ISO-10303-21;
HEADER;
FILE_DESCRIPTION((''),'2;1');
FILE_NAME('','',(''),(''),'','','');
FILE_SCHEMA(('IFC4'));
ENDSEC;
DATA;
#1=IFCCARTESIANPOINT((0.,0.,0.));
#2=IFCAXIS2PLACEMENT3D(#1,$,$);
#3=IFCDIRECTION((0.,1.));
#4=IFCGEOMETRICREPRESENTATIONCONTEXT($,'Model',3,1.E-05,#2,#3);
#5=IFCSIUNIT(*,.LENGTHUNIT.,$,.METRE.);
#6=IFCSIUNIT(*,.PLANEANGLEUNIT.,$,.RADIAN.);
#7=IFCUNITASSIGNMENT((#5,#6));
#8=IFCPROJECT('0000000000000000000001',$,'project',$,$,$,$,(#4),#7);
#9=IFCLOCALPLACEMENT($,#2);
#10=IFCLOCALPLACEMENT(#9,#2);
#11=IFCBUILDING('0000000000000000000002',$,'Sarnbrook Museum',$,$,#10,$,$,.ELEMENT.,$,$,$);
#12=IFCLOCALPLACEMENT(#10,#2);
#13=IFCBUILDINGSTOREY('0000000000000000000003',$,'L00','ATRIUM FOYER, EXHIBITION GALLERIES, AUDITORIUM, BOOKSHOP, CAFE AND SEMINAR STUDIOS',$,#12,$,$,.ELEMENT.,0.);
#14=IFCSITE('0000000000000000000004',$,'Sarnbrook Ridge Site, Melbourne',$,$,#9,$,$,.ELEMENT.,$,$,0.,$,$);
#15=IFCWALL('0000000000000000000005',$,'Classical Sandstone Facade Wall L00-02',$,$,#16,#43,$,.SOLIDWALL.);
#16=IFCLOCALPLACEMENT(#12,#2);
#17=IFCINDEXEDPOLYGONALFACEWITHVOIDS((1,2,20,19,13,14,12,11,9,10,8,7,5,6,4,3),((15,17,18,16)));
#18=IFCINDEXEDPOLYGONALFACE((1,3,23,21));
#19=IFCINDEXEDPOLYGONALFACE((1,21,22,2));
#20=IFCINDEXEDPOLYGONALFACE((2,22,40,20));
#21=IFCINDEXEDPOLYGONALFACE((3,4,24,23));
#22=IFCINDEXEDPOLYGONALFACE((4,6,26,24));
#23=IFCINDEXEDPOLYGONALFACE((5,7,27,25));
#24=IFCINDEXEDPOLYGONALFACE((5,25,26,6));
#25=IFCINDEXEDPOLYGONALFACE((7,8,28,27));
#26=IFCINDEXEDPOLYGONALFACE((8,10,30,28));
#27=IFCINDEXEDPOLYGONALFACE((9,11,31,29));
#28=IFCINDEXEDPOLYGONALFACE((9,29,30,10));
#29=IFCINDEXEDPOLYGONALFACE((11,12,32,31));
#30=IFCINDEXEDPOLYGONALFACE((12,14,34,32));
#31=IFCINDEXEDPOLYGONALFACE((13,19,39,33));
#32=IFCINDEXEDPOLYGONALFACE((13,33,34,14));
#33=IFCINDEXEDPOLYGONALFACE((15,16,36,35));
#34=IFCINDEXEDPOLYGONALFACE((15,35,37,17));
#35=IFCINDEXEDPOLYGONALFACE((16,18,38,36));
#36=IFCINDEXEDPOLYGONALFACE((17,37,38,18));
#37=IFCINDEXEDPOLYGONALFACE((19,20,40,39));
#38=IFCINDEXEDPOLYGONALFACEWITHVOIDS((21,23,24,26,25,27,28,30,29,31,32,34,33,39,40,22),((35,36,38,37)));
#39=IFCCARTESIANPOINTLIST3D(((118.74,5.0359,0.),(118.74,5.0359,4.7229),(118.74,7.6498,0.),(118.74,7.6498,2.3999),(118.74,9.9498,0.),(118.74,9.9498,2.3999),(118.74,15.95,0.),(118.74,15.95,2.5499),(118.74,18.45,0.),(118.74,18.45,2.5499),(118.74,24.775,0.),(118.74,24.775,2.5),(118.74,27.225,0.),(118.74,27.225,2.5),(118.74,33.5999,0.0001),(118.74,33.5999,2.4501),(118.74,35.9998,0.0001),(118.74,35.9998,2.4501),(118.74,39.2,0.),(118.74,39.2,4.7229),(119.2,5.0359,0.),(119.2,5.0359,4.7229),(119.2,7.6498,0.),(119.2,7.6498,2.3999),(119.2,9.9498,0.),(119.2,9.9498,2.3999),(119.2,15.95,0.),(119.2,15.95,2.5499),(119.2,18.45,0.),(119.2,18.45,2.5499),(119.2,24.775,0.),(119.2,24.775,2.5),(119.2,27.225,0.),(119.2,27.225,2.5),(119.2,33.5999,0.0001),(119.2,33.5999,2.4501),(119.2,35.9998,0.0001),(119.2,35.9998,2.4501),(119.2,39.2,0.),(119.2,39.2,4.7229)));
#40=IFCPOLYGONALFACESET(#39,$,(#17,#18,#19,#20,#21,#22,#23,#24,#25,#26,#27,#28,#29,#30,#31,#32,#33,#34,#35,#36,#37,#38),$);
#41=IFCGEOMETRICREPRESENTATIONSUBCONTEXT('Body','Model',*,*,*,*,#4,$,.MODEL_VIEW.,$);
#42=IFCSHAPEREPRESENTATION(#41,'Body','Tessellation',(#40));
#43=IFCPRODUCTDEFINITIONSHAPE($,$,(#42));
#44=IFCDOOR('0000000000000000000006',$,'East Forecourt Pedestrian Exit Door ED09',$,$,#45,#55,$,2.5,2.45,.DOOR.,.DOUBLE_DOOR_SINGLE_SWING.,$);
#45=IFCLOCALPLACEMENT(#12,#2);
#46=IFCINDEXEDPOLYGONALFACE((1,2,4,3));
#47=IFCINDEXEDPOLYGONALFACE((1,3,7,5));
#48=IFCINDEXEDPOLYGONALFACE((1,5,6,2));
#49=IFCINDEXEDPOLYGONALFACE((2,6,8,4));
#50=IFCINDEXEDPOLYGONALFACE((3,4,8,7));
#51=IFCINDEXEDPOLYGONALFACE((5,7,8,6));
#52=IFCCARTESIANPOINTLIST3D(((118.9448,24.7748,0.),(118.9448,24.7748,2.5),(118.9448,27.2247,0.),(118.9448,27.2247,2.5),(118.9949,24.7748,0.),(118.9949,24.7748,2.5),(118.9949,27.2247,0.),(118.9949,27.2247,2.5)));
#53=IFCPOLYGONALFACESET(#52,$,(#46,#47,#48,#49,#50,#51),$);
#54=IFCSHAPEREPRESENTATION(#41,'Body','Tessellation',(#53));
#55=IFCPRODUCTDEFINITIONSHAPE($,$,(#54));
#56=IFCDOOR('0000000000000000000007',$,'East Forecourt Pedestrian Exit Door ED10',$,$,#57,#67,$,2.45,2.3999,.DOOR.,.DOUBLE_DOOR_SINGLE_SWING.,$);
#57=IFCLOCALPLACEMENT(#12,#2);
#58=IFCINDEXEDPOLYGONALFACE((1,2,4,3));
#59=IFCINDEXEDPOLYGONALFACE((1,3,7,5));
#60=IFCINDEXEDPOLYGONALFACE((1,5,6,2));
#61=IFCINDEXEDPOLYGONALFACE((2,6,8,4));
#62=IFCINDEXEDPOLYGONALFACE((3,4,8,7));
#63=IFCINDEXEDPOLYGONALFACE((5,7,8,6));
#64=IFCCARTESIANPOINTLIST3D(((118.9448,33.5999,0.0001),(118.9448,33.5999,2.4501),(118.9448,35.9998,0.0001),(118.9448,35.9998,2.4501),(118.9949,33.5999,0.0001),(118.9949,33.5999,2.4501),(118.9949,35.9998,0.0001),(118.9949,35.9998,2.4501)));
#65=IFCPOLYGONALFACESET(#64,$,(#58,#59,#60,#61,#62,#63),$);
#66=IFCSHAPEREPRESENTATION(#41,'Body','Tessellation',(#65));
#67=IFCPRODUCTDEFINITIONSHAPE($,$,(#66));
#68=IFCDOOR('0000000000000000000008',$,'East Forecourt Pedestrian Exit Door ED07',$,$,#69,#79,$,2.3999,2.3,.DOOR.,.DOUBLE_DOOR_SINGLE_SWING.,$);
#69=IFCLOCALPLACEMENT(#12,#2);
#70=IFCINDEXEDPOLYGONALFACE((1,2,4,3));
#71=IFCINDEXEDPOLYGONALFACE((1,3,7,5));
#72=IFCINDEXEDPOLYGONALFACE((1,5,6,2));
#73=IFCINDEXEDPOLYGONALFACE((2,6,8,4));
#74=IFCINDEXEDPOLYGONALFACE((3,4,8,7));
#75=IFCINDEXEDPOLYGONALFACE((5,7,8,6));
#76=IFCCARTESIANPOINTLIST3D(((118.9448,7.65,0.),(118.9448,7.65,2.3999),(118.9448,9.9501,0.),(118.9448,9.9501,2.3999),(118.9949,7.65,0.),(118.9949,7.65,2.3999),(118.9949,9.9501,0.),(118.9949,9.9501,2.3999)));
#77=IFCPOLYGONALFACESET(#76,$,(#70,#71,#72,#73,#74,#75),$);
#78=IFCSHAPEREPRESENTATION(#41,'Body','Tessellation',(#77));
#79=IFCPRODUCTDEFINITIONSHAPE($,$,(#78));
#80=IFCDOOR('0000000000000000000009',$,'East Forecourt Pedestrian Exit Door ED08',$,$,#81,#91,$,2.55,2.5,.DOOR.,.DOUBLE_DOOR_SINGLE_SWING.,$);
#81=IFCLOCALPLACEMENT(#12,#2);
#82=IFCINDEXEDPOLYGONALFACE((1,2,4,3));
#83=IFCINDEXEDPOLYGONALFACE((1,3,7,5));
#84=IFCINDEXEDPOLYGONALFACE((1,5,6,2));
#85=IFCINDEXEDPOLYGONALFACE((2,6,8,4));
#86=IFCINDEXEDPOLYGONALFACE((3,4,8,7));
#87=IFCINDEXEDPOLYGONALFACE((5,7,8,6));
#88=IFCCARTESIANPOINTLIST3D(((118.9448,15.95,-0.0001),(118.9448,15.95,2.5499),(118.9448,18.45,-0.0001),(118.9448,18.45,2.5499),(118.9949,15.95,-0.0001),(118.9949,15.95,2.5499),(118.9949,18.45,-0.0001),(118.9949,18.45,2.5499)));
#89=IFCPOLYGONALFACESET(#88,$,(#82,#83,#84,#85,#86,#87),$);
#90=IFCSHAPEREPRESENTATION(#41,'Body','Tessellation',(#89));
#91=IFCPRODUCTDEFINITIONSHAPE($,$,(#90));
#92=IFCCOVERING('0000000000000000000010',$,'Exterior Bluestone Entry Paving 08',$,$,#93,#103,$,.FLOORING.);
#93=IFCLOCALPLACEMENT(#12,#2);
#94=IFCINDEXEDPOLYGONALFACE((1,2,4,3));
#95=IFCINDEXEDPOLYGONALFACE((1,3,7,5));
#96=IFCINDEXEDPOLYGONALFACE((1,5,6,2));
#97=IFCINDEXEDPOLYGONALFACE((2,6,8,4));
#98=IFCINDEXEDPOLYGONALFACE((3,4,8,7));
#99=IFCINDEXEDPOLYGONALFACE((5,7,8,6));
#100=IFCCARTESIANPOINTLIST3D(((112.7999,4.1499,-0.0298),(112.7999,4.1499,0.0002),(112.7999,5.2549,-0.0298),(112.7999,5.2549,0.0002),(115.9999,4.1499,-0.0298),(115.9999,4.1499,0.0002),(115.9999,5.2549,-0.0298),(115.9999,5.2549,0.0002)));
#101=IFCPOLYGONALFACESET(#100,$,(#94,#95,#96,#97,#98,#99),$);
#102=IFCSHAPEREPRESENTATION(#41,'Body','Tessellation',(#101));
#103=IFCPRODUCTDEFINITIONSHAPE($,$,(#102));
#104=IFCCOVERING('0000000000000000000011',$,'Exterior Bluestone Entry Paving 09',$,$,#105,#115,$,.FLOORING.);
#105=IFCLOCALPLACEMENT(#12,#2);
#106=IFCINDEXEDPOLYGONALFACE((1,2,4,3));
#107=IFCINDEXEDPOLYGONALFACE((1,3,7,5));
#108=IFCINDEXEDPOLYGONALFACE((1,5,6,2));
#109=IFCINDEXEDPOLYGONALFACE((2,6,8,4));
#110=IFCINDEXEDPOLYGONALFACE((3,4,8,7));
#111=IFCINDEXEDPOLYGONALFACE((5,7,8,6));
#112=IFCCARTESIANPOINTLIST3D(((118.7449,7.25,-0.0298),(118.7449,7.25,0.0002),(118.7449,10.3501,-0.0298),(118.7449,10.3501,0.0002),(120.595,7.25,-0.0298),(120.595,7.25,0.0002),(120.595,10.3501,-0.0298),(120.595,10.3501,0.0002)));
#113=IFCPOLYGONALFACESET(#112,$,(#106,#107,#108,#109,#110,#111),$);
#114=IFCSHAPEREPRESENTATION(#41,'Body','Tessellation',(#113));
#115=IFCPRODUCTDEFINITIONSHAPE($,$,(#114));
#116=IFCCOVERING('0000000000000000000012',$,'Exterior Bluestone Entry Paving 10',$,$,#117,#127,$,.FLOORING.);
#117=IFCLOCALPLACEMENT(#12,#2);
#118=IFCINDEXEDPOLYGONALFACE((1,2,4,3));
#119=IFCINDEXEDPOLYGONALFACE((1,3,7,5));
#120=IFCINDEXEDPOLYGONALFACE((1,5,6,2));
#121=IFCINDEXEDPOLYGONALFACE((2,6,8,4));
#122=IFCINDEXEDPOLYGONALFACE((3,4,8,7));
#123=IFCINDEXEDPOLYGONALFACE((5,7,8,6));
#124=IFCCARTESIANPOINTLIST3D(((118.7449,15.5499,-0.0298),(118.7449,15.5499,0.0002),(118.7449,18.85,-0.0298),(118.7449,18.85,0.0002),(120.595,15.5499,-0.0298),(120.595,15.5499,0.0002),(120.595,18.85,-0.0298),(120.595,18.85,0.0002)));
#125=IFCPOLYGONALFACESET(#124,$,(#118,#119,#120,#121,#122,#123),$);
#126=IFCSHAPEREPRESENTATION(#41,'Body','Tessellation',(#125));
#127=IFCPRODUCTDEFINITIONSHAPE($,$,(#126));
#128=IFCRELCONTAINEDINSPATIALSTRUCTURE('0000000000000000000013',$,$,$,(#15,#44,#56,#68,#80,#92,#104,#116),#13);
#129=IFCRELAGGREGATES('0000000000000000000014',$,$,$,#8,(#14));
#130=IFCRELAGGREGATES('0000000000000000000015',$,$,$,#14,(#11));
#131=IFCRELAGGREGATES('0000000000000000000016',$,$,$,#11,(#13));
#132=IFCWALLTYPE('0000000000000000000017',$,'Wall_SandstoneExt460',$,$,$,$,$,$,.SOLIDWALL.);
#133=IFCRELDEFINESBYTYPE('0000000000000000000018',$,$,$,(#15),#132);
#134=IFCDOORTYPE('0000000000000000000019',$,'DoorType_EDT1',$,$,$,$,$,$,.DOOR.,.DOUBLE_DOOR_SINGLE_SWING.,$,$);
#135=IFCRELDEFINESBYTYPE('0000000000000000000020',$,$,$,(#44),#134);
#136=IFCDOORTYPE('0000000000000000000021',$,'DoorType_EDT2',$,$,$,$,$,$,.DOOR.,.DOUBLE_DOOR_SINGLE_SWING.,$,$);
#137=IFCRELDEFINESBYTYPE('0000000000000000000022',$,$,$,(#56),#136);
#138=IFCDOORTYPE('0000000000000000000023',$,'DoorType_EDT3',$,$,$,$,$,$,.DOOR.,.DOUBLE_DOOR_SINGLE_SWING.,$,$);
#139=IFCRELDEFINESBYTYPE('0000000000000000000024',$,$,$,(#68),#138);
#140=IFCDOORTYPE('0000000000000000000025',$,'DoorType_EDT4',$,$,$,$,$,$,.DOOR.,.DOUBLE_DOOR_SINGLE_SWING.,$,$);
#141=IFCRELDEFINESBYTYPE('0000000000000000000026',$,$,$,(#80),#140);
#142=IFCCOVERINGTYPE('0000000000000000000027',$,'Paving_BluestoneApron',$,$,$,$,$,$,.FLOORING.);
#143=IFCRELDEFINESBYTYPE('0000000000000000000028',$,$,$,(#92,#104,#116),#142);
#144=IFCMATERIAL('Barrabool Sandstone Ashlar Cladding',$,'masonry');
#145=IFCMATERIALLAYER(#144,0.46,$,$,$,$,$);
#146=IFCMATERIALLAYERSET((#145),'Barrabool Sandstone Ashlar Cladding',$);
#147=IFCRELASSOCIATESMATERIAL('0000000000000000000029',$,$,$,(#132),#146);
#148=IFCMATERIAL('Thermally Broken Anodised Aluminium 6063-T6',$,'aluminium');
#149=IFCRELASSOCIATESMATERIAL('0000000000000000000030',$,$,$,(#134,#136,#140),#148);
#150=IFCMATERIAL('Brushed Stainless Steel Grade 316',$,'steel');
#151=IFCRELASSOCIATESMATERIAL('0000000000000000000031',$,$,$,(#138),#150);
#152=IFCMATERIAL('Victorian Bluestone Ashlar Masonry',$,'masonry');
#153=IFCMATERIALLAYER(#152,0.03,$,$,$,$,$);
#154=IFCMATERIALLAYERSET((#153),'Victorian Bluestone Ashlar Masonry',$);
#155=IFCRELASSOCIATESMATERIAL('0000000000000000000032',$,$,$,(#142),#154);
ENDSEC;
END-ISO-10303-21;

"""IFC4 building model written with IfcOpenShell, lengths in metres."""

from ifc_helpers import new_model, si_unit, direction, frame, frame_2d, origin, origin_2d, place, context, subcontext, project, spatial, rectangle, extrude, material, layer, layer_set, type_object, element, fill, save


model = new_model("IFC4")

# Units and contexts
model_context = context("Model", 3, precision=1e-05, world=origin(), true_north=direction((0.0, 1.0)))
body_context = subcontext(model_context, "Body", "Model", "MODEL_VIEW")
ifc_project = project(units=[si_unit("LENGTHUNIT", "METRE"), si_unit("PLANEANGLEUNIT", "RADIAN")], contexts=[model_context])

# Site, building, storey
site_placement = place(None, origin())
site = spatial("IfcSite", under=ifc_project, at=site_placement, Name="Sarnbrook Ridge Site, Melbourne", CompositionType="ELEMENT", RefElevation=0.0)
building_placement = place(site_placement, origin())
building = spatial("IfcBuilding", under=site, at=building_placement, Name="Sarnbrook Museum", CompositionType="ELEMENT")
storey_placement = place(building_placement, origin())
storey = spatial("IfcBuildingStorey", under=building, at=storey_placement, Name="L00", Description="ATRIUM FOYER, EXHIBITION GALLERIES, AUDITORIUM, BOOKSHOP, CAFE AND SEMINAR STUDIOS", CompositionType="ELEMENT", Elevation=0.0)

# Wall, openings, doors
ifc_material_1 = material(Name="Barrabool Sandstone Ashlar Cladding", Category="masonry")
ifc_layer_1 = layer(ifc_material_1, 0.46)
ifc_layer_set_1 = layer_set([ifc_layer_1], Name="Barrabool Sandstone Ashlar Cladding")
wall_type = type_object("IfcWallType", Name="Wall_SandstoneExt460", PredefinedType="SOLIDWALL", material=ifc_layer_set_1)
wall_placement = place(storey_placement, frame((118.97, 5.0359, 0.0), z_axis=(0.0, 0.0, 1.0), x_axis=(0.0, 1.0, 0.0)))
wall = element("IfcWall", 1, at=wall_placement, inside=storey, type_object=wall_type, Name="Classical Sandstone Facade Wall L00-02", PredefinedType="SOLIDWALL", context=body_context, shape_type="SweptSolid", body=[
    extrude(rectangle(XDim=34.1641, YDim=0.46, at=frame_2d((17.082, 0.0))), origin(), (0.0, 0.0, 1.0), 4.7229),
])
opening_1_placement = place(wall_placement, frame((2.614, 0.0, 0.0)))
opening_1 = element("IfcOpeningElement", 2, at=opening_1_placement, cuts=wall, PredefinedType="OPENING", context=body_context, shape_type="SweptSolid", body=[
    extrude(rectangle(XDim=2.3, YDim=2.3999, at=frame_2d((1.1499, 1.2))), frame((0.0, 0.24, 0.0), z_axis=(0.0, -1.0, 0.0), x_axis=(1.0, 0.0, 0.0)), (0.0, 0.0, 1.0), 0.48),
])
opening_2_placement = place(wall_placement, frame((10.9141, 0.0, 0.0)))
opening_2 = element("IfcOpeningElement", 3, at=opening_2_placement, cuts=wall, PredefinedType="OPENING", context=body_context, shape_type="SweptSolid", body=[
    extrude(rectangle(XDim=2.5, YDim=2.55, at=frame_2d((1.25, 1.2749))), frame((0.0, 0.24, 0.0), z_axis=(0.0, -1.0, 0.0), x_axis=(1.0, 0.0, 0.0)), (0.0, 0.0, 1.0), 0.48),
])
opening_3_placement = place(wall_placement, frame((19.739, 0.0, 0.0)))
opening_3 = element("IfcOpeningElement", 4, at=opening_3_placement, cuts=wall, PredefinedType="OPENING", context=body_context, shape_type="SweptSolid", body=[
    extrude(rectangle(XDim=2.45, YDim=2.5, at=frame_2d((1.2251, 1.25))), frame((0.0, 0.24, 0.0), z_axis=(0.0, -1.0, 0.0), x_axis=(1.0, 0.0, 0.0)), (0.0, 0.0, 1.0), 0.48),
])
opening_4_placement = place(wall_placement, frame((28.564, 0.0, 0.0)))
opening_4 = element("IfcOpeningElement", 5, at=opening_4_placement, cuts=wall, PredefinedType="OPENING", context=body_context, shape_type="SweptSolid", body=[
    extrude(rectangle(XDim=2.3999, YDim=2.45, at=frame_2d((1.2, 1.2251))), frame((0.0, 0.24, 0.0), z_axis=(0.0, -1.0, 0.0), x_axis=(1.0, 0.0, 0.0)), (0.0, 0.0, 1.0), 0.48),
])
ifc_material_2 = material(Name="Thermally Broken Anodised Aluminium 6063-T6", Category="aluminium")
door_type_1 = type_object("IfcDoorType", Name="DoorType_EDT1", OperationType="DOUBLE_DOOR_SINGLE_SWING", PredefinedType="DOOR", material=ifc_material_2)
door_1_placement = place(opening_3_placement, frame((2.45, 0.0, 0.0), z_axis=(0.0, 0.0, 1.0), x_axis=(-1.0, 0.0, 0.0)))
door_1 = element("IfcDoor", 6, at=door_1_placement, inside=storey, type_object=door_type_1, Name="East Forecourt Pedestrian Exit Door ED09", OperationType="DOUBLE_DOOR_SINGLE_SWING", OverallHeight=2.5, OverallWidth=2.45, PredefinedType="DOOR", context=body_context, shape_type="SweptSolid", body=[
    extrude(rectangle(XDim=2.45, YDim=2.5, at=frame_2d((1.2251, 1.25))), frame((0.0, 0.0249, 0.0), z_axis=(0.0, -1.0, 0.0), x_axis=(1.0, 0.0, 0.0)), (0.0, 0.0, 1.0), 0.05),
])
fill(opening_3, door_1)
door_type_2 = type_object("IfcDoorType", Name="DoorType_EDT2", OperationType="DOUBLE_DOOR_SINGLE_SWING", PredefinedType="DOOR", material=ifc_material_2)
door_2_placement = place(opening_4_placement, frame((2.3999, 0.0, 0.0), z_axis=(0.0, 0.0, 1.0), x_axis=(-1.0, 0.0, 0.0)))
door_2 = element("IfcDoor", 7, at=door_2_placement, inside=storey, type_object=door_type_2, Name="East Forecourt Pedestrian Exit Door ED10", OperationType="DOUBLE_DOOR_SINGLE_SWING", OverallHeight=2.45, OverallWidth=2.3999, PredefinedType="DOOR", context=body_context, shape_type="SweptSolid", body=[
    extrude(rectangle(XDim=2.3999, YDim=2.45, at=frame_2d((1.2, 1.2251))), frame((0.0, 0.0249, 0.0), z_axis=(0.0, -1.0, 0.0), x_axis=(1.0, 0.0, 0.0)), (0.0, 0.0, 1.0), 0.05),
])
fill(opening_4, door_2)
ifc_material_3 = material(Name="Brushed Stainless Steel Grade 316", Category="steel")
door_type_3 = type_object("IfcDoorType", Name="DoorType_EDT3", OperationType="DOUBLE_DOOR_SINGLE_SWING", PredefinedType="DOOR", material=ifc_material_3)
door_3_placement = place(opening_1_placement, frame((2.3, 0.0, 0.0), z_axis=(0.0, 0.0, 1.0), x_axis=(-1.0, 0.0, 0.0)))
door_3 = element("IfcDoor", 8, at=door_3_placement, inside=storey, type_object=door_type_3, Name="East Forecourt Pedestrian Exit Door ED07", OperationType="DOUBLE_DOOR_SINGLE_SWING", OverallHeight=2.3999, OverallWidth=2.3, PredefinedType="DOOR", context=body_context, shape_type="SweptSolid", body=[
    extrude(rectangle(XDim=2.3, YDim=2.3999, at=frame_2d((1.1499, 1.2))), frame((0.0, 0.0249, 0.0), z_axis=(0.0, -1.0, 0.0), x_axis=(1.0, 0.0, 0.0)), (0.0, 0.0, 1.0), 0.05),
])
fill(opening_1, door_3)
door_type_4 = type_object("IfcDoorType", Name="DoorType_EDT4", OperationType="DOUBLE_DOOR_SINGLE_SWING", PredefinedType="DOOR", material=ifc_material_2)
door_4_placement = place(opening_2_placement, frame((2.5, 0.0, 0.0), z_axis=(0.0, 0.0, 1.0), x_axis=(-1.0, 0.0, 0.0)))
door_4 = element("IfcDoor", 9, at=door_4_placement, inside=storey, type_object=door_type_4, Name="East Forecourt Pedestrian Exit Door ED08", OperationType="DOUBLE_DOOR_SINGLE_SWING", OverallHeight=2.55, OverallWidth=2.5, PredefinedType="DOOR", context=body_context, shape_type="SweptSolid", body=[
    extrude(rectangle(XDim=2.5, YDim=2.55, at=frame_2d((1.25, 1.2749))), frame((0.0, 0.0249, 0.0), z_axis=(0.0, -1.0, 0.0), x_axis=(1.0, 0.0, 0.0)), (0.0, 0.0, 1.0), 0.05),
])
fill(opening_2, door_4)

# Coverings
ifc_material_4 = material(Name="Victorian Bluestone Ashlar Masonry", Category="masonry")
ifc_layer_2 = layer(ifc_material_4, 0.03)
ifc_layer_set_2 = layer_set([ifc_layer_2], Name="Victorian Bluestone Ashlar Masonry")
covering_type = type_object("IfcCoveringType", Name="Paving_BluestoneApron", PredefinedType="FLOORING", material=ifc_layer_set_2)
covering_1_placement = place(storey_placement, frame((114.3999, 4.7024, -0.0298), z_axis=(0.0, 0.0, 1.0), x_axis=(1.0, 0.0, 0.0)))
element("IfcCovering", 10, at=covering_1_placement, inside=storey, type_object=covering_type, Name="Exterior Bluestone Entry Paving 08", PredefinedType="FLOORING", context=body_context, shape_type="SweptSolid", body=[
    extrude(rectangle(XDim=3.2, YDim=1.105, at=origin_2d()), origin(), (0.0, 0.0, 1.0), 0.03),
])
covering_2_placement = place(storey_placement, frame((119.6699, 8.8, -0.0298), z_axis=(0.0, 0.0, 1.0), x_axis=(1.0, 0.0, 0.0)))
element("IfcCovering", 11, at=covering_2_placement, inside=storey, type_object=covering_type, Name="Exterior Bluestone Entry Paving 09", PredefinedType="FLOORING", context=body_context, shape_type="SweptSolid", body=[
    extrude(rectangle(XDim=1.8501, YDim=3.1001, at=origin_2d()), origin(), (0.0, 0.0, 1.0), 0.03),
])
covering_3_placement = place(storey_placement, frame((119.6699, 17.2, -0.0298), z_axis=(0.0, 0.0, 1.0), x_axis=(1.0, 0.0, 0.0)))
element("IfcCovering", 12, at=covering_3_placement, inside=storey, type_object=covering_type, Name="Exterior Bluestone Entry Paving 10", PredefinedType="FLOORING", context=body_context, shape_type="SweptSolid", body=[
    extrude(rectangle(XDim=1.8501, YDim=3.3, at=origin_2d()), origin(), (0.0, 0.0, 1.0), 0.03),
])

save(model, "model.ifc")
